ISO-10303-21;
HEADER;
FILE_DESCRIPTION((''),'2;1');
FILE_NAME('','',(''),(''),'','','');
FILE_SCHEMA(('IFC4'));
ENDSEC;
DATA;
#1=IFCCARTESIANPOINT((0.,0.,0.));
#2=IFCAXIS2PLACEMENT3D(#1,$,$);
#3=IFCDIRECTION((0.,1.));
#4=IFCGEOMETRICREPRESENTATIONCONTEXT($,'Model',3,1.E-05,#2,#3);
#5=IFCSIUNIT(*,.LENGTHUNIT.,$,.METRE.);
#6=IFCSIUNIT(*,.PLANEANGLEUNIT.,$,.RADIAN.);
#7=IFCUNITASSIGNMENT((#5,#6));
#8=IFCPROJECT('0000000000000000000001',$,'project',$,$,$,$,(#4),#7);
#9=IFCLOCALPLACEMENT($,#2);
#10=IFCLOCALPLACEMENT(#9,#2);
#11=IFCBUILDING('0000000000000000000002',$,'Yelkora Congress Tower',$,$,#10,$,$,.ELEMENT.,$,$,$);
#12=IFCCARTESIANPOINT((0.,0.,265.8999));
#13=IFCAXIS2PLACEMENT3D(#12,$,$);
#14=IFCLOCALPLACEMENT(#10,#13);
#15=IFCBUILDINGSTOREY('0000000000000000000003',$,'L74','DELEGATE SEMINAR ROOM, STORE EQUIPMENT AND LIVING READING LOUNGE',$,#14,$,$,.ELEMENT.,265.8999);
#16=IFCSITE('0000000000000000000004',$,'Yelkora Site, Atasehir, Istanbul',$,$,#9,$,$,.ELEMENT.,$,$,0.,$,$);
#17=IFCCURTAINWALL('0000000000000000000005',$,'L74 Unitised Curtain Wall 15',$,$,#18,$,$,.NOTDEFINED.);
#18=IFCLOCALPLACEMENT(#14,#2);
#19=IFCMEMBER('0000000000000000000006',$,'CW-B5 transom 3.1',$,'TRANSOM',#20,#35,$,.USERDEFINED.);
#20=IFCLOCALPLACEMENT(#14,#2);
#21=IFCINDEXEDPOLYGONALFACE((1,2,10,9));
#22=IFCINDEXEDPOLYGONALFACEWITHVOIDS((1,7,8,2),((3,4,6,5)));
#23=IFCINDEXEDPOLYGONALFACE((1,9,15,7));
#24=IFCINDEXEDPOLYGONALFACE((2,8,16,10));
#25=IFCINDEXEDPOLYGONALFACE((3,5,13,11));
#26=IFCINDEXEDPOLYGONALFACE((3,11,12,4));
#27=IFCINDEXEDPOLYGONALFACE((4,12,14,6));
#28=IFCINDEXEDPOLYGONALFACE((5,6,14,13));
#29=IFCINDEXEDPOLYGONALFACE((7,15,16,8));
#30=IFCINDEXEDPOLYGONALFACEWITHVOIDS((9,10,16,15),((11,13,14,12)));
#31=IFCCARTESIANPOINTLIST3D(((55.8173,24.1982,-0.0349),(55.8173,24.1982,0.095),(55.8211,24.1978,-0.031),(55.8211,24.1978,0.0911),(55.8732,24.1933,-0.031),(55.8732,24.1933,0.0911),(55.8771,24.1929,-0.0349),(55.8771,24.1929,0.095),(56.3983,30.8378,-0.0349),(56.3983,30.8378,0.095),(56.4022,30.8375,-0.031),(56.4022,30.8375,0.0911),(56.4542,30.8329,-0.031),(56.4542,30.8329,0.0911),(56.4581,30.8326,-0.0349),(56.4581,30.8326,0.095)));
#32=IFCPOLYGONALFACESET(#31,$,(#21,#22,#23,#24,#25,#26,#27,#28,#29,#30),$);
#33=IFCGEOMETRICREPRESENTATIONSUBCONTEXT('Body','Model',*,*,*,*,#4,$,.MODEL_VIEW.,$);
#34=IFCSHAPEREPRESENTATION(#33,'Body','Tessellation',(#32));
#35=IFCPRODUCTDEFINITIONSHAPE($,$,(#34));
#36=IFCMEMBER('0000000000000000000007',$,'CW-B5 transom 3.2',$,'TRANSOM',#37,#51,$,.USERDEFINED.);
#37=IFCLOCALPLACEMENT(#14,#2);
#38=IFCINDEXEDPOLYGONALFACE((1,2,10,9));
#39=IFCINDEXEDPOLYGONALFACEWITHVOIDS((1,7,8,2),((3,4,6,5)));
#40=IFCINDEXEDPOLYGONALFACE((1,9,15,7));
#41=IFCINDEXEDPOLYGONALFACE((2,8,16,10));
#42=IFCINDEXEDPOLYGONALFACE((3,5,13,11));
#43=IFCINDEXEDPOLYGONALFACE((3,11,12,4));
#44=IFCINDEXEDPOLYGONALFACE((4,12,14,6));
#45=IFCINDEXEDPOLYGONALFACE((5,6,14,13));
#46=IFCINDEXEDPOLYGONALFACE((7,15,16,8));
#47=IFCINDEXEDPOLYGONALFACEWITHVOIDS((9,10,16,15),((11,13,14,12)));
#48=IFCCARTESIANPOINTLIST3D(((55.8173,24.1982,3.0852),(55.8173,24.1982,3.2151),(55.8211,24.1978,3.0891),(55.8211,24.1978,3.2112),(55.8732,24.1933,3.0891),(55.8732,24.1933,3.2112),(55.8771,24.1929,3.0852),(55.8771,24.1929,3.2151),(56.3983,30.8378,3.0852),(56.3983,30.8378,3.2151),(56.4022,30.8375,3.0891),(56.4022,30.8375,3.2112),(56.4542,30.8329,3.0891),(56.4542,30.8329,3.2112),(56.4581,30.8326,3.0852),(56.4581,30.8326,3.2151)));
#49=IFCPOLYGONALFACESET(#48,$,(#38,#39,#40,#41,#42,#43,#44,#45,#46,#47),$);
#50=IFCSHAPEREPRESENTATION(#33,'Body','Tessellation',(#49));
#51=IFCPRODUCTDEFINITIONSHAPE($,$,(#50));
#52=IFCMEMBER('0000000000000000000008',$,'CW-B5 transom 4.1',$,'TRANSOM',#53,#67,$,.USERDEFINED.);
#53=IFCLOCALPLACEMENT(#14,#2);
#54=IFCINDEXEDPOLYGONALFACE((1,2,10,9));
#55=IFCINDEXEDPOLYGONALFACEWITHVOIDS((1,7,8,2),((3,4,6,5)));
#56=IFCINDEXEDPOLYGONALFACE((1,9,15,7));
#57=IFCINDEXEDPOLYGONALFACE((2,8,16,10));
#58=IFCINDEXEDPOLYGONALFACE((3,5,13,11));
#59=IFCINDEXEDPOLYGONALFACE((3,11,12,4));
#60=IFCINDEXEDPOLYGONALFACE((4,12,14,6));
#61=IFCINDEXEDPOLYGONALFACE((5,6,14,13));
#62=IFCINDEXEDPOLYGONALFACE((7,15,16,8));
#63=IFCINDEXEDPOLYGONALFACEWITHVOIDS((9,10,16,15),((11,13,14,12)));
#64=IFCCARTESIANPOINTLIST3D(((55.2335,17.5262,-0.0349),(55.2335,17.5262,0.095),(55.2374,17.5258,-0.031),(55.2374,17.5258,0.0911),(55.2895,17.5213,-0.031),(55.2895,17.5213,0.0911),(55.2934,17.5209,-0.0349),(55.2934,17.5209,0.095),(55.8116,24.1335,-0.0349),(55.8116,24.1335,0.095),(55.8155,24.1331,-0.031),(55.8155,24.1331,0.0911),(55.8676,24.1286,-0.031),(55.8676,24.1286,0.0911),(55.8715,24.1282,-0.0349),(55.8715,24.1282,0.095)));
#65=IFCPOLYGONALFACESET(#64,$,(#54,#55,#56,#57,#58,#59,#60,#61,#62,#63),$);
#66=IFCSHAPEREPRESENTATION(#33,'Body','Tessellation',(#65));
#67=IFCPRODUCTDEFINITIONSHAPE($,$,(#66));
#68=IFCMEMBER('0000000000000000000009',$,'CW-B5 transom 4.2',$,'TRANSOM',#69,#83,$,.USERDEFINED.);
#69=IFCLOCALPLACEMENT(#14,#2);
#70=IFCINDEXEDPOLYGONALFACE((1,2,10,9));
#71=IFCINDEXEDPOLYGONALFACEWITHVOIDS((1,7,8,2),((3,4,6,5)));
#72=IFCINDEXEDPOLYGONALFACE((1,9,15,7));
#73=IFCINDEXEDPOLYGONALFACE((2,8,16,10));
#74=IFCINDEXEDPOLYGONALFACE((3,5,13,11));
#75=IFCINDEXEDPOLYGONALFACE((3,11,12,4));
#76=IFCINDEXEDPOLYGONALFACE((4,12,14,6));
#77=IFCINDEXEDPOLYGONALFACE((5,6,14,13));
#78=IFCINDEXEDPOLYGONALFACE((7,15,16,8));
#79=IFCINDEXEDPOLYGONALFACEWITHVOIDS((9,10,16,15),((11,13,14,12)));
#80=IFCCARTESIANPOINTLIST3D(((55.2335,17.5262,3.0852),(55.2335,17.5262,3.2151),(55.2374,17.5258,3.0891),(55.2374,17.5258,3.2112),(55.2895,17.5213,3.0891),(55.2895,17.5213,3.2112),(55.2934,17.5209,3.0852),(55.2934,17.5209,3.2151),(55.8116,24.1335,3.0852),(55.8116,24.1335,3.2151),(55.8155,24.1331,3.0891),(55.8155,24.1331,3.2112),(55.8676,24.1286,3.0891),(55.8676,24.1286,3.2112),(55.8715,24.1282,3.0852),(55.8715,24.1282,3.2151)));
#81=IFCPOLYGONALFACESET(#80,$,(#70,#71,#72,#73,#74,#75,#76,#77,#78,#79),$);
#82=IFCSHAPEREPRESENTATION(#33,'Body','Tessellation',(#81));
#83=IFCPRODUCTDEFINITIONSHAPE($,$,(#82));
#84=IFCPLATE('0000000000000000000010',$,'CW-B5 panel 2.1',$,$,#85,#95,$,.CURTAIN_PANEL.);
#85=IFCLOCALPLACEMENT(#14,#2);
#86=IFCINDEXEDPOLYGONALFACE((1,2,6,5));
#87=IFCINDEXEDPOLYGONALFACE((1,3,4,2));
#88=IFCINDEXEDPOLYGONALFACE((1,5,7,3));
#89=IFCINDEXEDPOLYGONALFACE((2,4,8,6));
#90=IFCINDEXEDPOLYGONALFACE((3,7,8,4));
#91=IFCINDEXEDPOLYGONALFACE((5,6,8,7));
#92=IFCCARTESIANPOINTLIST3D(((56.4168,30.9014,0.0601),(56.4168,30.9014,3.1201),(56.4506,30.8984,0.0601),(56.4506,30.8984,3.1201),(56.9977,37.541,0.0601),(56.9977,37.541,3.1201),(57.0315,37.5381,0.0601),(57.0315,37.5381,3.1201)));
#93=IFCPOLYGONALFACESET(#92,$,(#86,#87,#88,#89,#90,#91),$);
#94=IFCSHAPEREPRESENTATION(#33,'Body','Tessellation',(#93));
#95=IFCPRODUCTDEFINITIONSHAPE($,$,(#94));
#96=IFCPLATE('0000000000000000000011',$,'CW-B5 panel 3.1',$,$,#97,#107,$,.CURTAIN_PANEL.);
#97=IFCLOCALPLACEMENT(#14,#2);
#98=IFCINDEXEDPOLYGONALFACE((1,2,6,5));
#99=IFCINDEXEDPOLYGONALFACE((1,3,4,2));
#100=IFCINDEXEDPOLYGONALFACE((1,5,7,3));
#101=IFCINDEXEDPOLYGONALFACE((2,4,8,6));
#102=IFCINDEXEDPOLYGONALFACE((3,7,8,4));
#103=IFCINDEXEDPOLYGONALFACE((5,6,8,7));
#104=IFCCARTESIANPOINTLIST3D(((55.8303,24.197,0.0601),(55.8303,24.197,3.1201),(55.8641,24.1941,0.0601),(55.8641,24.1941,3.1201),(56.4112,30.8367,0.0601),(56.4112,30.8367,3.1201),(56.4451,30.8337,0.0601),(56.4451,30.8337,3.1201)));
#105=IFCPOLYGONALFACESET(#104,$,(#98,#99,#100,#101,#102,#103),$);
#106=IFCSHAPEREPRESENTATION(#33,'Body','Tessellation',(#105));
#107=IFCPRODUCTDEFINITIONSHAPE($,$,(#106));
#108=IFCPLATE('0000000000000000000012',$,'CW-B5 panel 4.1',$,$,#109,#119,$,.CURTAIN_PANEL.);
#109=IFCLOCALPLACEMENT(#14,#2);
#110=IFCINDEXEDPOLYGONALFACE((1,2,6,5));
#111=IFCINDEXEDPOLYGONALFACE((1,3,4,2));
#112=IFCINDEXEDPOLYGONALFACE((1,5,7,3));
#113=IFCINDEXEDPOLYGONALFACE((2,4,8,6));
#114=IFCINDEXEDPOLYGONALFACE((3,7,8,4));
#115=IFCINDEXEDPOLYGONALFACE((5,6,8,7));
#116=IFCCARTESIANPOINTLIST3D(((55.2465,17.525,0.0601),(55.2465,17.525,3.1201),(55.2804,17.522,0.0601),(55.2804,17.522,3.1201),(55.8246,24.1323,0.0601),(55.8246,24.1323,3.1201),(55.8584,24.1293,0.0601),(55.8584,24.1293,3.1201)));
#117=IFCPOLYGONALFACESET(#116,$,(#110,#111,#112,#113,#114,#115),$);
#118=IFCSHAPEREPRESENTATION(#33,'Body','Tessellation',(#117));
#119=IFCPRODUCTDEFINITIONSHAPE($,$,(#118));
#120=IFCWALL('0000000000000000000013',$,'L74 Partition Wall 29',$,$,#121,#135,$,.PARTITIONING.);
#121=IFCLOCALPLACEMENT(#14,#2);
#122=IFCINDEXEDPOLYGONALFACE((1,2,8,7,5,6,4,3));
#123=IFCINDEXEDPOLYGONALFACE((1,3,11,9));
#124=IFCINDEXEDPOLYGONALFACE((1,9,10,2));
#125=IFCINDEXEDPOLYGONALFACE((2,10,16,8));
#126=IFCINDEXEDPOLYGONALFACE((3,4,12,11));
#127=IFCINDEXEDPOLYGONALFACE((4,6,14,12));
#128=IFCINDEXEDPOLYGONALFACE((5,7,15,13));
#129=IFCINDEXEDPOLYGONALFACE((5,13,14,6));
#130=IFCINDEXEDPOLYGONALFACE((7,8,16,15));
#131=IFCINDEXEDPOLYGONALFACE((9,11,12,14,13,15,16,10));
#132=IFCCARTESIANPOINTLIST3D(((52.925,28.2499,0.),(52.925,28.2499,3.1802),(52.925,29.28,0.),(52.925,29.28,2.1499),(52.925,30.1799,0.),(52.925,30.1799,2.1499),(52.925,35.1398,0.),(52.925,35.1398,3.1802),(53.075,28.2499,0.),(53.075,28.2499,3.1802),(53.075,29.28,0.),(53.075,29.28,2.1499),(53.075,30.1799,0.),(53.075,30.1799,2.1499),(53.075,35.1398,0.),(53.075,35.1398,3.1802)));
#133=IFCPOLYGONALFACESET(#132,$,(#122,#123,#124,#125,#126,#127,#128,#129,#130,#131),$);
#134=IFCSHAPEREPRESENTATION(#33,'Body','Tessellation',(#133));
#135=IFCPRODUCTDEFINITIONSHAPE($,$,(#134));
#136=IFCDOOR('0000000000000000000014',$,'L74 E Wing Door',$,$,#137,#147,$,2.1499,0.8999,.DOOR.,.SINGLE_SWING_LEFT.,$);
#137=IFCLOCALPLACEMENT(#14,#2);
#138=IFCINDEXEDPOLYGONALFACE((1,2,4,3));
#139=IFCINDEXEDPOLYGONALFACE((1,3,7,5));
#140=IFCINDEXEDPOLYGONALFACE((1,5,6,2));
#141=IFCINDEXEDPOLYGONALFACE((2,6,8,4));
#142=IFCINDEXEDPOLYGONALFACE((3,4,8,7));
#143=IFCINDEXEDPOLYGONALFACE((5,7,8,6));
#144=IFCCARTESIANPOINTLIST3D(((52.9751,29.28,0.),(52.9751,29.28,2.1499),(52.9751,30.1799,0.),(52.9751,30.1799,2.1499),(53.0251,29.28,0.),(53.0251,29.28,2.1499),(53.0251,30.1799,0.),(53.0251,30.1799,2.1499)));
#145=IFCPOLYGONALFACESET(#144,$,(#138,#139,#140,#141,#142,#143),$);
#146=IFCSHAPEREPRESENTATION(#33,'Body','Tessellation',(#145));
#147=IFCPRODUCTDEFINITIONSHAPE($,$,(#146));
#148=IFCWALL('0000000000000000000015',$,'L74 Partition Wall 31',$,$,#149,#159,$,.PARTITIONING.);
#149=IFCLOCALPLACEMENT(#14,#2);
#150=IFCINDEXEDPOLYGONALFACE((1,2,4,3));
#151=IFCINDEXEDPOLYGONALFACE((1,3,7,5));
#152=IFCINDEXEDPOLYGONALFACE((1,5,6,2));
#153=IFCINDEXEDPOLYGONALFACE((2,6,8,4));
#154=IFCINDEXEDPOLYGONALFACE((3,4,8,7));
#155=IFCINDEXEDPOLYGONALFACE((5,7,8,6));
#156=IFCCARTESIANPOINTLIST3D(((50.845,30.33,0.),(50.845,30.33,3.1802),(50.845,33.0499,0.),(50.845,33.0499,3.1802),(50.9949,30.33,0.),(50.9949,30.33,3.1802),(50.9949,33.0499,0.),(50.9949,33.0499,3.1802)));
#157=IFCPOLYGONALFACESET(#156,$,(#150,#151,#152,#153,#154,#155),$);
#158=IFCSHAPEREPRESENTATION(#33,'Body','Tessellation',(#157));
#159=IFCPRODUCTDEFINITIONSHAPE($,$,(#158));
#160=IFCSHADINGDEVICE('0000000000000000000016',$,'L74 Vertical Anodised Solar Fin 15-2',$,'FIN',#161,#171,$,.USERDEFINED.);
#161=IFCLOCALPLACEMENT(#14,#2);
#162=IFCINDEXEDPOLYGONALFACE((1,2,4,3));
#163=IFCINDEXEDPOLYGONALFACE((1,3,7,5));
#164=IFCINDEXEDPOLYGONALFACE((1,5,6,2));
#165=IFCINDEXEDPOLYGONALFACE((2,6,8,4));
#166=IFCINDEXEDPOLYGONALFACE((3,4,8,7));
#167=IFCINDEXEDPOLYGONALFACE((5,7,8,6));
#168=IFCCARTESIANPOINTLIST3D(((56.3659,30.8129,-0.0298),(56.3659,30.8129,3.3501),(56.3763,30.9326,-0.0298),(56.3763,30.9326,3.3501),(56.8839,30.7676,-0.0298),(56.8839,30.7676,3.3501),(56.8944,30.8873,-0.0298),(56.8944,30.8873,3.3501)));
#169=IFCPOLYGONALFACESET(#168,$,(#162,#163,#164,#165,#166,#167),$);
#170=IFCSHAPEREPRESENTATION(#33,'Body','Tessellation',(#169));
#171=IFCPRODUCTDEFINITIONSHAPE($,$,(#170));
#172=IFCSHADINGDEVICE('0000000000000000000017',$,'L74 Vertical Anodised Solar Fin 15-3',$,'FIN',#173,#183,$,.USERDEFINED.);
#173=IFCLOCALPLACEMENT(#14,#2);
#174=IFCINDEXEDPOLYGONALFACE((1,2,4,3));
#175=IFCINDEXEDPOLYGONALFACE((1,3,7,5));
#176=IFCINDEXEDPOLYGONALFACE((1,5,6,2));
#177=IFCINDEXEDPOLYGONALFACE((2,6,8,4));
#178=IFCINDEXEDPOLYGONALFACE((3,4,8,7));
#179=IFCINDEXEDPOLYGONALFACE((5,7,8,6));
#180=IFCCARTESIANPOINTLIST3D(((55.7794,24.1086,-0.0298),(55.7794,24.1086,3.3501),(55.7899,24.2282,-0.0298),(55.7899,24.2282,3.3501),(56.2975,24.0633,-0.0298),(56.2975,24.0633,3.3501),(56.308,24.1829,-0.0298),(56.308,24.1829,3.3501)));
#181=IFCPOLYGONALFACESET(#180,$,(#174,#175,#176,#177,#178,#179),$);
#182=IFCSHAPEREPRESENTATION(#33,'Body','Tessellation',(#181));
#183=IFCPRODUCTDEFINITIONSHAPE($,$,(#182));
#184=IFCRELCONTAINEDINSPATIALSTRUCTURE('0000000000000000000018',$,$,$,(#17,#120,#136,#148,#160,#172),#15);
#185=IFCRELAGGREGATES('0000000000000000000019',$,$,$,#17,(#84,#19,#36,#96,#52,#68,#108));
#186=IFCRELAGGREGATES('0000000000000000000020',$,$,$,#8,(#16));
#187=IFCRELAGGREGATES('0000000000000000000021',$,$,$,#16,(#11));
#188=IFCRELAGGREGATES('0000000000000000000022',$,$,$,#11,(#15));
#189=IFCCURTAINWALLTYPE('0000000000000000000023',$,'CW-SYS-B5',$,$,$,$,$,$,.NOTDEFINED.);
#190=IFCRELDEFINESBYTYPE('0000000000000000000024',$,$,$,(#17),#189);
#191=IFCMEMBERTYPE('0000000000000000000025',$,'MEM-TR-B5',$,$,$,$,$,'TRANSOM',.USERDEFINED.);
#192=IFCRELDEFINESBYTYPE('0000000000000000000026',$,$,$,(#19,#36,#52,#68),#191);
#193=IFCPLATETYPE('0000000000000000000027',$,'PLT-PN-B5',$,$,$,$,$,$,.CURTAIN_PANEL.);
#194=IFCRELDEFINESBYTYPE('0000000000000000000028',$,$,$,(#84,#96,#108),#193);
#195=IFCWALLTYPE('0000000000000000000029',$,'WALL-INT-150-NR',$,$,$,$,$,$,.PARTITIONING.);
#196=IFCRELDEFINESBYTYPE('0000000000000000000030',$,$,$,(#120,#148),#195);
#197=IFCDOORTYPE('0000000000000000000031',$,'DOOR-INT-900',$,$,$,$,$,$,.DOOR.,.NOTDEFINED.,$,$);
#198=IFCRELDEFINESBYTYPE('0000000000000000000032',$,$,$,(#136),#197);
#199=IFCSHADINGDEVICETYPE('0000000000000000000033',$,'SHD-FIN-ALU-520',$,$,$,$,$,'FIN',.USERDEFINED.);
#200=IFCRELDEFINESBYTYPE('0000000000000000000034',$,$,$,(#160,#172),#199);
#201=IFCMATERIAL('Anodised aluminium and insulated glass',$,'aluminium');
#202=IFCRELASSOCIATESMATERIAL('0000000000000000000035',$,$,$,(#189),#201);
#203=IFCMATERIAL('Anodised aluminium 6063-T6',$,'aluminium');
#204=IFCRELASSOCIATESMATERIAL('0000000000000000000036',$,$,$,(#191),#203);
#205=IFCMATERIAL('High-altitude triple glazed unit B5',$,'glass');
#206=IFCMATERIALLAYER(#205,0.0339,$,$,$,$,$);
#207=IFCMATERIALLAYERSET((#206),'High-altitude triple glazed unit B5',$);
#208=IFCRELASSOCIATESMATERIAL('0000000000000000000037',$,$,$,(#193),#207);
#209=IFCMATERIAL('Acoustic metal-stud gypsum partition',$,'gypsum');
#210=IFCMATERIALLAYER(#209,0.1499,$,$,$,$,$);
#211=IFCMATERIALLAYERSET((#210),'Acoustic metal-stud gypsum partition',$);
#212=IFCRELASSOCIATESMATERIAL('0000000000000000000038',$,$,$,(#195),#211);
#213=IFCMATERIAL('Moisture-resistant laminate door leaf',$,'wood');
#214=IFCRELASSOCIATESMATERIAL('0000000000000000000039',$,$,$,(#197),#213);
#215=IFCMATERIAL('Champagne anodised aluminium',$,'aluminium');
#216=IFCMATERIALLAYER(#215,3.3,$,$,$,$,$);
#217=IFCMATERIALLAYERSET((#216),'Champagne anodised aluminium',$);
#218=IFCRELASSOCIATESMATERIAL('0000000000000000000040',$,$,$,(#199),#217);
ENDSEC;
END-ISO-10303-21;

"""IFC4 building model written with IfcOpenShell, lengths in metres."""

from ifc_helpers import new_model, si_unit, direction, frame, frame_2d, origin, origin_2d, place, context, subcontext, project, spatial, rectangle, hollow_rectangle, extrude, material, layer, layer_set, material_profile, profile_set, type_object, element, fill, aggregate, save


model = new_model("IFC4")

# Units and contexts
model_context = context("Model", 3, precision=1e-05, world=origin(), true_north=direction((0.0, 1.0)))
body_context = subcontext(model_context, "Body", "Model", "MODEL_VIEW")
ifc_project = project(units=[si_unit("LENGTHUNIT", "METRE"), si_unit("PLANEANGLEUNIT", "RADIAN")], contexts=[model_context])

# Site, building, storey
site_placement = place(None, origin())
site = spatial("IfcSite", under=ifc_project, at=site_placement, Name="Yelkora Site, Atasehir, Istanbul", CompositionType="ELEMENT", RefElevation=0.0)
building_placement = place(site_placement, origin())
building = spatial("IfcBuilding", under=site, at=building_placement, Name="Yelkora Congress Tower", CompositionType="ELEMENT")
storey_placement = place(building_placement, frame((0.0, 0.0, 265.8999)))
storey = spatial("IfcBuildingStorey", under=building, at=storey_placement, Name="L74", Description="DELEGATE SEMINAR ROOM, STORE EQUIPMENT AND LIVING READING LOUNGE", CompositionType="ELEMENT", Elevation=265.8999)

# Curtain wall, members, plates
ifc_material_1 = material(Name="Anodised aluminium and insulated glass", Category="aluminium")
curtain_wall_type = type_object("IfcCurtainWallType", Name="CW-SYS-B5", PredefinedType="NOTDEFINED", material=ifc_material_1)
curtain_wall_placement = place(storey_placement, origin())
curtain_wall = element("IfcCurtainWall", 1, at=curtain_wall_placement, inside=storey, type_object=curtain_wall_type, Name="L74 Unitised Curtain Wall 15", PredefinedType="NOTDEFINED")
ifc_material_2 = material(Name="Anodised aluminium 6063-T6", Category="aluminium")
ifc_material_profile_1 = material_profile(ifc_material_2, hollow_rectangle(XDim=0.0601, YDim=0.1299, WallThickness=0.0039, at=origin_2d()), Name="ALU 60x130x4")
ifc_profile_set_1 = profile_set([ifc_material_profile_1], Name="Anodised aluminium 6063-T6")
member_type_1 = type_object("IfcMemberType", Name="MEM-TR-B5", ElementType="TRANSOM", PredefinedType="USERDEFINED", material=ifc_profile_set_1)
member_1_placement = place(storey_placement, frame((56.4282, 30.8352, 0.03), z_axis=(-0.08718, -0.996193, 0.0), x_axis=(0.996193, -0.08718, 0.0)))
member_1 = element("IfcMember", 2, at=member_1_placement, type_object=member_type_1, Name="CW-B5 transom 3.1", ObjectType="TRANSOM", PredefinedType="USERDEFINED", context=body_context, shape_type="SweptSolid", body=[
    extrude(hollow_rectangle(XDim=0.0601, YDim=0.1299, WallThickness=0.0039, at=origin_2d()), origin(), (0.0, 0.0, 1.0), 6.665),
])
member_2_placement = place(storey_placement, frame((56.4282, 30.8352, 3.1501), z_axis=(-0.08718, -0.996193, 0.0), x_axis=(0.996193, -0.08718, 0.0)))
member_2 = element("IfcMember", 3, at=member_2_placement, type_object=member_type_1, Name="CW-B5 transom 3.2", ObjectType="TRANSOM", PredefinedType="USERDEFINED", context=body_context, shape_type="SweptSolid", body=[
    extrude(hollow_rectangle(XDim=0.0601, YDim=0.1299, WallThickness=0.0039, at=origin_2d()), origin(), (0.0, 0.0, 1.0), 6.665),
])
member_3_placement = place(storey_placement, frame((55.8416, 24.1309, 0.03), z_axis=(-0.087163, -0.996194, 0.0), x_axis=(0.996194, -0.087163, 0.0)))
member_3 = element("IfcMember", 4, at=member_3_placement, type_object=member_type_1, Name="CW-B5 transom 4.1", ObjectType="TRANSOM", PredefinedType="USERDEFINED", context=body_context, shape_type="SweptSolid", body=[
    extrude(hollow_rectangle(XDim=0.0601, YDim=0.1299, WallThickness=0.0039, at=origin_2d()), origin(), (0.0, 0.0, 1.0), 6.6326),
])
member_4_placement = place(storey_placement, frame((55.8416, 24.1309, 3.1501), z_axis=(-0.087163, -0.996194, 0.0), x_axis=(0.996194, -0.087163, 0.0)))
member_4 = element("IfcMember", 5, at=member_4_placement, type_object=member_type_1, Name="CW-B5 transom 4.2", ObjectType="TRANSOM", PredefinedType="USERDEFINED", context=body_context, shape_type="SweptSolid", body=[
    extrude(hollow_rectangle(XDim=0.0601, YDim=0.1299, WallThickness=0.0039, at=origin_2d()), origin(), (0.0, 0.0, 1.0), 6.6326),
])
ifc_material_3 = material(Name="High-altitude triple glazed unit B5", Category="glass")
ifc_layer_1 = layer(ifc_material_3, 0.0339)
ifc_layer_set_1 = layer_set([ifc_layer_1], Name="High-altitude triple glazed unit B5")
plate_type = type_object("IfcPlateType", Name="PLT-PN-B5", PredefinedType="CURTAIN_PANEL", material=ifc_layer_set_1)
plate_1_placement = place(storey_placement, frame((56.7241, 34.2197, 0.0601), z_axis=(0.0, 0.0, 1.0), x_axis=(-0.087158, -0.996194, 0.0)))
plate_1 = element("IfcPlate", 6, at=plate_1_placement, type_object=plate_type, Name="CW-B5 panel 2.1", PredefinedType="CURTAIN_PANEL", context=body_context, shape_type="SweptSolid", body=[
    extrude(rectangle(XDim=6.665, YDim=0.0339, at=origin_2d()), origin(), (0.0, 0.0, 1.0), 3.0601),
])
plate_2_placement = place(storey_placement, frame((56.1377, 27.5154, 0.0601), z_axis=(0.0, 0.0, 1.0), x_axis=(-0.087158, -0.996194, 0.0)))
plate_2 = element("IfcPlate", 7, at=plate_2_placement, type_object=plate_type, Name="CW-B5 panel 3.1", PredefinedType="CURTAIN_PANEL", context=body_context, shape_type="SweptSolid", body=[
    extrude(rectangle(XDim=6.665, YDim=0.0339, at=origin_2d()), origin(), (0.0, 0.0, 1.0), 3.0601),
])
plate_3_placement = place(storey_placement, frame((55.5525, 20.8271, 0.0601), z_axis=(0.0, 0.0, 1.0), x_axis=(-0.087158, -0.996194, 0.0)))
plate_3 = element("IfcPlate", 8, at=plate_3_placement, type_object=plate_type, Name="CW-B5 panel 4.1", PredefinedType="CURTAIN_PANEL", context=body_context, shape_type="SweptSolid", body=[
    extrude(rectangle(XDim=6.6326, YDim=0.0339, at=origin_2d()), origin(), (0.0, 0.0, 1.0), 3.0601),
])
aggregate(curtain_wall, [plate_1, member_1, member_2, plate_2, member_3, member_4, plate_3])

# Wall, opening, door
ifc_material_4 = material(Name="Acoustic metal-stud gypsum partition", Category="gypsum")
ifc_layer_2 = layer(ifc_material_4, 0.1499)
ifc_layer_set_2 = layer_set([ifc_layer_2], Name="Acoustic metal-stud gypsum partition")
wall_type = type_object("IfcWallType", Name="WALL-INT-150-NR", PredefinedType="PARTITIONING", material=ifc_layer_set_2)
wall_1_placement = place(storey_placement, frame((53.0, 28.25, 0.0), z_axis=(0.0, 0.0, 1.0), x_axis=(0.0, 1.0, 0.0)))
wall_1 = element("IfcWall", 9, at=wall_1_placement, inside=storey, type_object=wall_type, Name="L74 Partition Wall 29", PredefinedType="PARTITIONING", context=body_context, shape_type="SweptSolid", body=[
    extrude(rectangle(XDim=6.8899, YDim=0.1499, at=frame_2d((3.4448, 0.0))), origin(), (0.0, 0.0, 1.0), 3.1802),
])
opening_placement = place(wall_1_placement, frame((1.03, 0.0, 0.0)))
opening = element("IfcOpeningElement", 10, at=opening_placement, cuts=wall_1, PredefinedType="OPENING", context=body_context, shape_type="SweptSolid", body=[
    extrude(rectangle(XDim=0.8999, YDim=2.1499, at=frame_2d((0.45, 1.075))), frame((0.0, 0.085, 0.0), z_axis=(0.0, -1.0, 0.0), x_axis=(1.0, 0.0, 0.0)), (0.0, 0.0, 1.0), 0.1699),
])
ifc_material_5 = material(Name="Moisture-resistant laminate door leaf", Category="wood")
door_type = type_object("IfcDoorType", Name="DOOR-INT-900", OperationType="NOTDEFINED", PredefinedType="DOOR", material=ifc_material_5)
door_placement = place(opening_placement, origin())
door = element("IfcDoor", 11, at=door_placement, inside=storey, type_object=door_type, Name="L74 E Wing Door", OperationType="SINGLE_SWING_LEFT", OverallHeight=2.1499, OverallWidth=0.8999, PredefinedType="DOOR", context=body_context, shape_type="SweptSolid", body=[
    extrude(rectangle(XDim=0.8999, YDim=2.1499, at=frame_2d((0.45, 1.075))), frame((0.0, 0.0249, 0.0), z_axis=(0.0, -1.0, 0.0), x_axis=(1.0, 0.0, 0.0)), (0.0, 0.0, 1.0), 0.05),
])
fill(opening, door)

# Wall
wall_2_placement = place(storey_placement, frame((50.9199, 30.3301, 0.0), z_axis=(0.0, 0.0, 1.0), x_axis=(0.0, 1.0, 0.0)))
element("IfcWall", 12, at=wall_2_placement, inside=storey, type_object=wall_type, Name="L74 Partition Wall 31", PredefinedType="PARTITIONING", context=body_context, shape_type="SweptSolid", body=[
    extrude(rectangle(XDim=2.72, YDim=0.1499, at=frame_2d((1.3599, 0.0))), origin(), (0.0, 0.0, 1.0), 3.1802),
])

# Shading devices
ifc_material_6 = material(Name="Champagne anodised aluminium", Category="aluminium")
ifc_layer_3 = layer(ifc_material_6, 3.3)
ifc_layer_set_3 = layer_set([ifc_layer_3], Name="Champagne anodised aluminium")
shading_device_type = type_object("IfcShadingDeviceType", Name="SHD-FIN-ALU-520", ElementType="FIN", PredefinedType="USERDEFINED", material=ifc_layer_set_3)
for number, where, z_axis, x_axis, name in (
    (13, (56.6301, 30.8501, -0.0298), (0.0, 0.0, 1.0), (-0.087156, -0.996195, 0.0), "L74 Vertical Anodised Solar Fin 15-2"),
    (14, (56.0437, 24.1458, -0.0298), (0.0, 0.0, 1.0), (-0.087156, -0.996195, 0.0), "L74 Vertical Anodised Solar Fin 15-3"),
):
    element("IfcShadingDevice", number, at=place(storey_placement, frame(where, z_axis=z_axis, x_axis=x_axis)), inside=storey, type_object=shading_device_type, Name=name, ObjectType="FIN", PredefinedType="USERDEFINED", context=body_context, shape_type="SweptSolid", body=[
        extrude(rectangle(XDim=0.1201, YDim=0.52, at=origin_2d()), origin(), (0.0, 0.0, 1.0), 3.3799),
    ])

save(model, "model.ifc")
